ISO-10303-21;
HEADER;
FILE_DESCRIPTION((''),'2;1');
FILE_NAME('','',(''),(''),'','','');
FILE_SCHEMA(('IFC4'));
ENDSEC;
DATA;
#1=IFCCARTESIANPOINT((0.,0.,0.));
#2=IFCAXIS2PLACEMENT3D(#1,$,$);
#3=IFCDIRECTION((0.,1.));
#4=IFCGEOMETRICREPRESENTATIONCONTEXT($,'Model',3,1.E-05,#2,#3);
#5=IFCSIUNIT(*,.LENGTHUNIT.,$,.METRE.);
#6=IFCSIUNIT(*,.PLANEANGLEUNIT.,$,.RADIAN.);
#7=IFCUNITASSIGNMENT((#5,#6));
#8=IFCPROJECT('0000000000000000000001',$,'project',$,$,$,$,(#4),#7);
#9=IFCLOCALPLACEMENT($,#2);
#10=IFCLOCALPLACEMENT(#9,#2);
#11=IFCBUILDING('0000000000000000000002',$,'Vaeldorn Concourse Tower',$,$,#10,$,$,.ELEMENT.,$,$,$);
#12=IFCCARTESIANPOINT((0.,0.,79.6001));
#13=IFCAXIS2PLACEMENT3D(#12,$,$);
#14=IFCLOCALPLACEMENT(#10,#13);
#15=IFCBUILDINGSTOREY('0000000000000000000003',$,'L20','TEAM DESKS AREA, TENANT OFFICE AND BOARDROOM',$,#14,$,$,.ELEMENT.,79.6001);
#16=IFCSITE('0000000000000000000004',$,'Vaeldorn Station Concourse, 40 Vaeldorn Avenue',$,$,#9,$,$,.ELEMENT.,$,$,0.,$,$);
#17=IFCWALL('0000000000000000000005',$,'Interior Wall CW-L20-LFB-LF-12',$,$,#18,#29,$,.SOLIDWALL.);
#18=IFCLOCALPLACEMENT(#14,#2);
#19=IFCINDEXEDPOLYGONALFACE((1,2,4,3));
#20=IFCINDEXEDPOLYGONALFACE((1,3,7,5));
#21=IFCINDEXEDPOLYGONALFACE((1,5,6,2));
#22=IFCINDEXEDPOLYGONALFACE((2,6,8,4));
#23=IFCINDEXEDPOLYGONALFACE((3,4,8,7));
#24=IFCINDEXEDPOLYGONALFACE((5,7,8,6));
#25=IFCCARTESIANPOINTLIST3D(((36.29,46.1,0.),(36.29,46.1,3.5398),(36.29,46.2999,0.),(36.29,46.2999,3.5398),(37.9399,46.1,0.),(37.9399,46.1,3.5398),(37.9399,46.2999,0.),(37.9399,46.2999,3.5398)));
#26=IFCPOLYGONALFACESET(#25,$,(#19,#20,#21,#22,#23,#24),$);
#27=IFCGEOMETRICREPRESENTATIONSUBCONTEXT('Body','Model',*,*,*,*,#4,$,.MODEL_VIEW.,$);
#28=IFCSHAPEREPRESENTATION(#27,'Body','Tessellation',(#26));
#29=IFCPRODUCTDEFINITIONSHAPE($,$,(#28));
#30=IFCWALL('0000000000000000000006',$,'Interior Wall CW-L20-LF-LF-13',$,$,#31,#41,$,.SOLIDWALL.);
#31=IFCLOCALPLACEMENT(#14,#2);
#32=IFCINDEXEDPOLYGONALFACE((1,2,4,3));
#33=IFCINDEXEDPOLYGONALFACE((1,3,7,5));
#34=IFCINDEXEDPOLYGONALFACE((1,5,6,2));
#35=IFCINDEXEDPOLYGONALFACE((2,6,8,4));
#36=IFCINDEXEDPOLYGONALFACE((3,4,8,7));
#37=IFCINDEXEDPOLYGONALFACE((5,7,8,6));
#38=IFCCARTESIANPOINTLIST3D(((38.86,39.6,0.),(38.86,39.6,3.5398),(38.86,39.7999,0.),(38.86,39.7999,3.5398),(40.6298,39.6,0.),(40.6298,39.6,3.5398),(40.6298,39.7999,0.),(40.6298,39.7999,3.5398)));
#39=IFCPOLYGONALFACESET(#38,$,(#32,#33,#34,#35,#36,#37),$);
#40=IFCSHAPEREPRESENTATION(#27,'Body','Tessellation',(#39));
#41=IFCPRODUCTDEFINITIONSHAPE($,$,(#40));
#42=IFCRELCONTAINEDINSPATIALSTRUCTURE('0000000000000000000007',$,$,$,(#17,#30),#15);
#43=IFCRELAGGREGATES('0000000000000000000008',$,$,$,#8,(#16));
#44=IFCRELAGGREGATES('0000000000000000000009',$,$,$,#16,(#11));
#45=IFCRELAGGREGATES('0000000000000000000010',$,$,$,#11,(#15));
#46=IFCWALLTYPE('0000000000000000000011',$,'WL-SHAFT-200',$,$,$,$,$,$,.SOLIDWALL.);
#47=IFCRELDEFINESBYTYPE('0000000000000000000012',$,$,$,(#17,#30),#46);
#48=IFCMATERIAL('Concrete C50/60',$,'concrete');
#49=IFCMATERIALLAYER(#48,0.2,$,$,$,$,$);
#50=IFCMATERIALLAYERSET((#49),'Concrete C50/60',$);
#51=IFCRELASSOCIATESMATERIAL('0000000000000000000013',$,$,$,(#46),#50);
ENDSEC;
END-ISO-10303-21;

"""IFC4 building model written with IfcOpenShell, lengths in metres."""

from ifc_helpers import new_model, si_unit, direction, frame, frame_2d, origin, place, context, subcontext, project, spatial, rectangle, extrude, material, layer, layer_set, type_object, element, save


model = new_model("IFC4")

# Units and contexts
model_context = context("Model", 3, precision=1e-05, world=origin(), true_north=direction((0.0, 1.0)))
body_context = subcontext(model_context, "Body", "Model", "MODEL_VIEW")
ifc_project = project(units=[si_unit("LENGTHUNIT", "METRE"), si_unit("PLANEANGLEUNIT", "RADIAN")], contexts=[model_context])

# Site, building, storey
site_placement = place(None, origin())
site = spatial("IfcSite", under=ifc_project, at=site_placement, Name="Vaeldorn Station Concourse, 40 Vaeldorn Avenue", CompositionType="ELEMENT", RefElevation=0.0)
building_placement = place(site_placement, origin())
building = spatial("IfcBuilding", under=site, at=building_placement, Name="Vaeldorn Concourse Tower", CompositionType="ELEMENT")
storey_placement = place(building_placement, frame((0.0, 0.0, 79.6001)))
storey = spatial("IfcBuildingStorey", under=building, at=storey_placement, Name="L20", Description="TEAM DESKS AREA, TENANT OFFICE AND BOARDROOM", CompositionType="ELEMENT", Elevation=79.6001)

# Walls
ifc_material_1 = material(Name="Concrete C50/60", Category="concrete")
ifc_layer_1 = layer(ifc_material_1, 0.2)
ifc_layer_set_1 = layer_set([ifc_layer_1], Name="Concrete C50/60")
wall_type_1 = type_object("IfcWallType", Name="WL-SHAFT-200", PredefinedType="SOLIDWALL", material=ifc_layer_set_1)
for number, where, z_axis, x_axis, name in (
    (1, (36.29, 46.2, 0.0), (0.0, 0.0, 1.0), (1.0, 0.0, 0.0), "Interior Wall CW-L20-LFB-LF-12"),
):
    element("IfcWall", number, at=place(storey_placement, frame(where, z_axis=z_axis, x_axis=x_axis)), inside=storey, type_object=wall_type_1, Name=name, PredefinedType="SOLIDWALL", context=body_context, shape_type="SweptSolid", body=[
        extrude(rectangle(XDim=1.6499, YDim=0.2, at=frame_2d((0.825, 0.0))), origin(), (0.0, 0.0, 1.0), 3.5398),
    ])
wall_1_placement = place(storey_placement, frame((38.8601, 39.7, 0.0), z_axis=(0.0, 0.0, 1.0), x_axis=(1.0, 0.0, 0.0)))
element("IfcWall", 2, at=wall_1_placement, inside=storey, type_object=wall_type_1, Name="Interior Wall CW-L20-LF-LF-13", PredefinedType="SOLIDWALL", context=body_context, shape_type="SweptSolid", body=[
    extrude(rectangle(XDim=1.7698, YDim=0.2, at=frame_2d((0.8848, 0.0))), origin(), (0.0, 0.0, 1.0), 3.5398),
])

save(model, "model.ifc")
